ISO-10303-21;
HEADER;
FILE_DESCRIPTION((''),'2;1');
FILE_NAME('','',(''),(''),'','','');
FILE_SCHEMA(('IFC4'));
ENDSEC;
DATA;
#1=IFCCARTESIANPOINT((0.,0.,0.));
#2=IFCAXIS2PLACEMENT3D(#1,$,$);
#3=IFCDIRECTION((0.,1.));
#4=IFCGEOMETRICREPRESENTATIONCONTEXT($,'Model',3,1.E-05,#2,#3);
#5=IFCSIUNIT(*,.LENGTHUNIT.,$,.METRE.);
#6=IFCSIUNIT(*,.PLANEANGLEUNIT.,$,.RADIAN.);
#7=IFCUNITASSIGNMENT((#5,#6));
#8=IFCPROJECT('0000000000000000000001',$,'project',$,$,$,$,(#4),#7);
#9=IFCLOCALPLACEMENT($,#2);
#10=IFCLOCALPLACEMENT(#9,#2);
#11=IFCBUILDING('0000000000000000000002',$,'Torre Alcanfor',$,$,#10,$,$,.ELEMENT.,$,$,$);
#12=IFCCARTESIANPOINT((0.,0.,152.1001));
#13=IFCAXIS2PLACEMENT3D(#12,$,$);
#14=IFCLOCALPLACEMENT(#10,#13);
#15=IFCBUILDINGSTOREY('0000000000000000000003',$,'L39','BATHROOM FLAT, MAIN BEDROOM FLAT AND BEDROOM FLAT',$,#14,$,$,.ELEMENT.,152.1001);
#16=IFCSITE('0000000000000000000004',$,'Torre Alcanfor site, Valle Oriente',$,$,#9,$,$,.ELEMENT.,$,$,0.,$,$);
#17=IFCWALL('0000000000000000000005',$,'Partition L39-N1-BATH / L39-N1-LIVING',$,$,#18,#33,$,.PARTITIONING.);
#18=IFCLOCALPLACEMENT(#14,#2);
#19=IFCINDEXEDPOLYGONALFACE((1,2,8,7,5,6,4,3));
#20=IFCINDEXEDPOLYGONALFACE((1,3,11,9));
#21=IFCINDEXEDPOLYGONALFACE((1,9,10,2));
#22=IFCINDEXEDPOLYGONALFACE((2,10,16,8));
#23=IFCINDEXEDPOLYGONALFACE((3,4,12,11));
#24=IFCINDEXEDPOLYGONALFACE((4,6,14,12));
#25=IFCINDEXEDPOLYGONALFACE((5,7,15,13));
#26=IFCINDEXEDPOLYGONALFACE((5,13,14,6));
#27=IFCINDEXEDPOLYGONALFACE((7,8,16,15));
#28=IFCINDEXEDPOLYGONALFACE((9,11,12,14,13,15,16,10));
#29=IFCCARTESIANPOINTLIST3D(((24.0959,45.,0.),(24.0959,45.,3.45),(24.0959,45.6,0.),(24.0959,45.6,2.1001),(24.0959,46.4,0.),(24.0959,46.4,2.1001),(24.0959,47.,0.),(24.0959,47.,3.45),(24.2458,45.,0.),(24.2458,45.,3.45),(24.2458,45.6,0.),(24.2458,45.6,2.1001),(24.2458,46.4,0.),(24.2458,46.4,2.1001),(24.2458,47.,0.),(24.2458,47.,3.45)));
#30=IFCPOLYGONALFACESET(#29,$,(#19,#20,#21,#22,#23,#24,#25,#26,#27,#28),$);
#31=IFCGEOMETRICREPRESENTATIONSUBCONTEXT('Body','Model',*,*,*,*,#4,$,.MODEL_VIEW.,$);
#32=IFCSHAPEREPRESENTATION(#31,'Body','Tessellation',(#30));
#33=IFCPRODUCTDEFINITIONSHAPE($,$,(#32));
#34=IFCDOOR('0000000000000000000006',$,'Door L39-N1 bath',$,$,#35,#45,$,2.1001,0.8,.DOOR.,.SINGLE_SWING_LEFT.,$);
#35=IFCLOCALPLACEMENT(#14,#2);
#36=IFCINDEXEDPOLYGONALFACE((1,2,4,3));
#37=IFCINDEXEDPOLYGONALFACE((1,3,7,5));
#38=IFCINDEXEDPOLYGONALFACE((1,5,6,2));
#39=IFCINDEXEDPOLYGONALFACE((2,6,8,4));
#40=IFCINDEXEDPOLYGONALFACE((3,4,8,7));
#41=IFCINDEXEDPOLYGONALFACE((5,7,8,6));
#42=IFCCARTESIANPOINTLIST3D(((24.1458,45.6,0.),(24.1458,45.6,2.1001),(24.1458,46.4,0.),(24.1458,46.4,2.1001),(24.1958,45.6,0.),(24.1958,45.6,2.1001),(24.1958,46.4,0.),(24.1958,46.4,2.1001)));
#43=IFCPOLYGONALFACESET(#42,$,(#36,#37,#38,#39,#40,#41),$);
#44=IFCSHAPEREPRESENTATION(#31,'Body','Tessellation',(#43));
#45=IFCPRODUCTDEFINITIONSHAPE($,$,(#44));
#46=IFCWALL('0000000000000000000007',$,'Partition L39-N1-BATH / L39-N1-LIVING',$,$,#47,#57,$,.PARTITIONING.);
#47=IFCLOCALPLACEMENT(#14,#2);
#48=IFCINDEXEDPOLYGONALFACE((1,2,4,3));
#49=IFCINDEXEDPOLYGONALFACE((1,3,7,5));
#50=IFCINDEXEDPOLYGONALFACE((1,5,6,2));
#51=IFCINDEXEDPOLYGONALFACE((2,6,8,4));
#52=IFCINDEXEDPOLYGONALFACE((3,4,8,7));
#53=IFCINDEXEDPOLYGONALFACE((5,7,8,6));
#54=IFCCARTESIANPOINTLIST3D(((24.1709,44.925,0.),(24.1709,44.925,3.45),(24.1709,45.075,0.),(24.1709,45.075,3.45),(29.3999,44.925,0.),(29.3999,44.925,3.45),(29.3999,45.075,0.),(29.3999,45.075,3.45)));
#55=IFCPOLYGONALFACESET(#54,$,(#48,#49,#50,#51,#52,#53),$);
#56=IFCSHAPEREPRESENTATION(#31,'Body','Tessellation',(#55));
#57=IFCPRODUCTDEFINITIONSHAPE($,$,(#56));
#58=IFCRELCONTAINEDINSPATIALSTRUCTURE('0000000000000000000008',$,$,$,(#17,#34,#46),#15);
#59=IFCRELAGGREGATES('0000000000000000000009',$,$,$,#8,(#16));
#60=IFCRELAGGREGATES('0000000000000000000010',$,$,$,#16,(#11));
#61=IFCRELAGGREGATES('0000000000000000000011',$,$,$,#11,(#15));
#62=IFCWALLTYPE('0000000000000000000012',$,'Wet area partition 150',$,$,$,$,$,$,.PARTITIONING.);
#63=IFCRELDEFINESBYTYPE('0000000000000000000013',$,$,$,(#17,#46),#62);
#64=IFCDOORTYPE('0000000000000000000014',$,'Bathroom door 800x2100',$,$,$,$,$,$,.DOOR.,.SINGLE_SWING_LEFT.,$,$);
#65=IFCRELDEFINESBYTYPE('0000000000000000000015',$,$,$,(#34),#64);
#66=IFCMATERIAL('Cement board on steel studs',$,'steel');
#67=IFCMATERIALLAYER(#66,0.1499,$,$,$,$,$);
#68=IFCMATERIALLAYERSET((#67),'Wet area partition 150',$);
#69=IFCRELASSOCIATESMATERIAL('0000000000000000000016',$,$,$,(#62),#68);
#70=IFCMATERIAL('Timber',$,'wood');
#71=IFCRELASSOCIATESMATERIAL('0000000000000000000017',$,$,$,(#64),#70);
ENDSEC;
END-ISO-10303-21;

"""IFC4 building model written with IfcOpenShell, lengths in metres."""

from ifc_helpers import new_model, si_unit, direction, frame, frame_2d, origin, place, context, subcontext, project, spatial, rectangle, extrude, material, layer, layer_set, type_object, element, fill, save


model = new_model("IFC4")

# Units and contexts
model_context = context("Model", 3, precision=1e-05, world=origin(), true_north=direction((0.0, 1.0)))
body_context = subcontext(model_context, "Body", "Model", "MODEL_VIEW")
ifc_project = project(units=[si_unit("LENGTHUNIT", "METRE"), si_unit("PLANEANGLEUNIT", "RADIAN")], contexts=[model_context])

# Site, building, storey
site_placement = place(None, origin())
site = spatial("IfcSite", under=ifc_project, at=site_placement, Name="Torre Alcanfor site, Valle Oriente", CompositionType="ELEMENT", RefElevation=0.0)
building_placement = place(site_placement, origin())
building = spatial("IfcBuilding", under=site, at=building_placement, Name="Torre Alcanfor", CompositionType="ELEMENT")
storey_placement = place(building_placement, frame((0.0, 0.0, 152.1001)))
storey = spatial("IfcBuildingStorey", under=building, at=storey_placement, Name="L39", Description="BATHROOM FLAT, MAIN BEDROOM FLAT AND BEDROOM FLAT", CompositionType="ELEMENT", Elevation=152.1001)

# Wall, opening, door
ifc_material_1 = material(Name="Cement board on steel studs", Category="steel")
ifc_layer_1 = layer(ifc_material_1, 0.1499)
ifc_layer_set_1 = layer_set([ifc_layer_1], Name="Wet area partition 150")
wall_type_1 = type_object("IfcWallType", Name="Wet area partition 150", PredefinedType="PARTITIONING", material=ifc_layer_set_1)
wall_1_placement = place(storey_placement, frame((24.1709, 47.0, 0.0), z_axis=(0.0, 0.0, 1.0), x_axis=(0.0, -1.0, 0.0)))
wall_1 = element("IfcWall", 1, at=wall_1_placement, inside=storey, type_object=wall_type_1, Name="Partition L39-N1-BATH / L39-N1-LIVING", PredefinedType="PARTITIONING", context=body_context, shape_type="SweptSolid", body=[
    extrude(rectangle(XDim=2.0, YDim=0.1499, at=frame_2d((1.0, 0.0))), origin(), (0.0, 0.0, 1.0), 3.45),
])
opening_1_placement = place(wall_1_placement, frame((0.6001, 0.0, 0.0)))
opening_1 = element("IfcOpeningElement", 2, at=opening_1_placement, cuts=wall_1, PredefinedType="OPENING", context=body_context, shape_type="SweptSolid", body=[
    extrude(rectangle(XDim=0.8, YDim=2.1001, at=frame_2d((0.3999, 1.05))), frame((0.0, 0.085, 0.0), z_axis=(0.0, -1.0, 0.0), x_axis=(1.0, 0.0, 0.0)), (0.0, 0.0, 1.0), 0.1699),
])
ifc_material_2 = material(Name="Timber", Category="wood")
door_type_1 = type_object("IfcDoorType", Name="Bathroom door 800x2100", OperationType="SINGLE_SWING_LEFT", PredefinedType="DOOR", material=ifc_material_2)
door_1_placement = place(opening_1_placement, origin())
door_1 = element("IfcDoor", 3, at=door_1_placement, inside=storey, type_object=door_type_1, Name="Door L39-N1 bath", OperationType="SINGLE_SWING_LEFT", OverallHeight=2.1001, OverallWidth=0.8, PredefinedType="DOOR", context=body_context, shape_type="SweptSolid", body=[
    extrude(rectangle(XDim=0.8, YDim=2.1001, at=frame_2d((0.3999, 1.05))), frame((0.0, 0.0249, 0.0), z_axis=(0.0, -1.0, 0.0), x_axis=(1.0, 0.0, 0.0)), (0.0, 0.0, 1.0), 0.05),
])
fill(opening_1, door_1)

# Wall
wall_2_placement = place(storey_placement, frame((24.1709, 45.0, 0.0), z_axis=(0.0, 0.0, 1.0), x_axis=(1.0, 0.0, 0.0)))
element("IfcWall", 4, at=wall_2_placement, inside=storey, type_object=wall_type_1, Name="Partition L39-N1-BATH / L39-N1-LIVING", PredefinedType="PARTITIONING", context=body_context, shape_type="SweptSolid", body=[
    extrude(rectangle(XDim=5.229, YDim=0.1499, at=frame_2d((2.6145, 0.0))), origin(), (0.0, 0.0, 1.0), 3.45),
])

save(model, "model.ifc")
